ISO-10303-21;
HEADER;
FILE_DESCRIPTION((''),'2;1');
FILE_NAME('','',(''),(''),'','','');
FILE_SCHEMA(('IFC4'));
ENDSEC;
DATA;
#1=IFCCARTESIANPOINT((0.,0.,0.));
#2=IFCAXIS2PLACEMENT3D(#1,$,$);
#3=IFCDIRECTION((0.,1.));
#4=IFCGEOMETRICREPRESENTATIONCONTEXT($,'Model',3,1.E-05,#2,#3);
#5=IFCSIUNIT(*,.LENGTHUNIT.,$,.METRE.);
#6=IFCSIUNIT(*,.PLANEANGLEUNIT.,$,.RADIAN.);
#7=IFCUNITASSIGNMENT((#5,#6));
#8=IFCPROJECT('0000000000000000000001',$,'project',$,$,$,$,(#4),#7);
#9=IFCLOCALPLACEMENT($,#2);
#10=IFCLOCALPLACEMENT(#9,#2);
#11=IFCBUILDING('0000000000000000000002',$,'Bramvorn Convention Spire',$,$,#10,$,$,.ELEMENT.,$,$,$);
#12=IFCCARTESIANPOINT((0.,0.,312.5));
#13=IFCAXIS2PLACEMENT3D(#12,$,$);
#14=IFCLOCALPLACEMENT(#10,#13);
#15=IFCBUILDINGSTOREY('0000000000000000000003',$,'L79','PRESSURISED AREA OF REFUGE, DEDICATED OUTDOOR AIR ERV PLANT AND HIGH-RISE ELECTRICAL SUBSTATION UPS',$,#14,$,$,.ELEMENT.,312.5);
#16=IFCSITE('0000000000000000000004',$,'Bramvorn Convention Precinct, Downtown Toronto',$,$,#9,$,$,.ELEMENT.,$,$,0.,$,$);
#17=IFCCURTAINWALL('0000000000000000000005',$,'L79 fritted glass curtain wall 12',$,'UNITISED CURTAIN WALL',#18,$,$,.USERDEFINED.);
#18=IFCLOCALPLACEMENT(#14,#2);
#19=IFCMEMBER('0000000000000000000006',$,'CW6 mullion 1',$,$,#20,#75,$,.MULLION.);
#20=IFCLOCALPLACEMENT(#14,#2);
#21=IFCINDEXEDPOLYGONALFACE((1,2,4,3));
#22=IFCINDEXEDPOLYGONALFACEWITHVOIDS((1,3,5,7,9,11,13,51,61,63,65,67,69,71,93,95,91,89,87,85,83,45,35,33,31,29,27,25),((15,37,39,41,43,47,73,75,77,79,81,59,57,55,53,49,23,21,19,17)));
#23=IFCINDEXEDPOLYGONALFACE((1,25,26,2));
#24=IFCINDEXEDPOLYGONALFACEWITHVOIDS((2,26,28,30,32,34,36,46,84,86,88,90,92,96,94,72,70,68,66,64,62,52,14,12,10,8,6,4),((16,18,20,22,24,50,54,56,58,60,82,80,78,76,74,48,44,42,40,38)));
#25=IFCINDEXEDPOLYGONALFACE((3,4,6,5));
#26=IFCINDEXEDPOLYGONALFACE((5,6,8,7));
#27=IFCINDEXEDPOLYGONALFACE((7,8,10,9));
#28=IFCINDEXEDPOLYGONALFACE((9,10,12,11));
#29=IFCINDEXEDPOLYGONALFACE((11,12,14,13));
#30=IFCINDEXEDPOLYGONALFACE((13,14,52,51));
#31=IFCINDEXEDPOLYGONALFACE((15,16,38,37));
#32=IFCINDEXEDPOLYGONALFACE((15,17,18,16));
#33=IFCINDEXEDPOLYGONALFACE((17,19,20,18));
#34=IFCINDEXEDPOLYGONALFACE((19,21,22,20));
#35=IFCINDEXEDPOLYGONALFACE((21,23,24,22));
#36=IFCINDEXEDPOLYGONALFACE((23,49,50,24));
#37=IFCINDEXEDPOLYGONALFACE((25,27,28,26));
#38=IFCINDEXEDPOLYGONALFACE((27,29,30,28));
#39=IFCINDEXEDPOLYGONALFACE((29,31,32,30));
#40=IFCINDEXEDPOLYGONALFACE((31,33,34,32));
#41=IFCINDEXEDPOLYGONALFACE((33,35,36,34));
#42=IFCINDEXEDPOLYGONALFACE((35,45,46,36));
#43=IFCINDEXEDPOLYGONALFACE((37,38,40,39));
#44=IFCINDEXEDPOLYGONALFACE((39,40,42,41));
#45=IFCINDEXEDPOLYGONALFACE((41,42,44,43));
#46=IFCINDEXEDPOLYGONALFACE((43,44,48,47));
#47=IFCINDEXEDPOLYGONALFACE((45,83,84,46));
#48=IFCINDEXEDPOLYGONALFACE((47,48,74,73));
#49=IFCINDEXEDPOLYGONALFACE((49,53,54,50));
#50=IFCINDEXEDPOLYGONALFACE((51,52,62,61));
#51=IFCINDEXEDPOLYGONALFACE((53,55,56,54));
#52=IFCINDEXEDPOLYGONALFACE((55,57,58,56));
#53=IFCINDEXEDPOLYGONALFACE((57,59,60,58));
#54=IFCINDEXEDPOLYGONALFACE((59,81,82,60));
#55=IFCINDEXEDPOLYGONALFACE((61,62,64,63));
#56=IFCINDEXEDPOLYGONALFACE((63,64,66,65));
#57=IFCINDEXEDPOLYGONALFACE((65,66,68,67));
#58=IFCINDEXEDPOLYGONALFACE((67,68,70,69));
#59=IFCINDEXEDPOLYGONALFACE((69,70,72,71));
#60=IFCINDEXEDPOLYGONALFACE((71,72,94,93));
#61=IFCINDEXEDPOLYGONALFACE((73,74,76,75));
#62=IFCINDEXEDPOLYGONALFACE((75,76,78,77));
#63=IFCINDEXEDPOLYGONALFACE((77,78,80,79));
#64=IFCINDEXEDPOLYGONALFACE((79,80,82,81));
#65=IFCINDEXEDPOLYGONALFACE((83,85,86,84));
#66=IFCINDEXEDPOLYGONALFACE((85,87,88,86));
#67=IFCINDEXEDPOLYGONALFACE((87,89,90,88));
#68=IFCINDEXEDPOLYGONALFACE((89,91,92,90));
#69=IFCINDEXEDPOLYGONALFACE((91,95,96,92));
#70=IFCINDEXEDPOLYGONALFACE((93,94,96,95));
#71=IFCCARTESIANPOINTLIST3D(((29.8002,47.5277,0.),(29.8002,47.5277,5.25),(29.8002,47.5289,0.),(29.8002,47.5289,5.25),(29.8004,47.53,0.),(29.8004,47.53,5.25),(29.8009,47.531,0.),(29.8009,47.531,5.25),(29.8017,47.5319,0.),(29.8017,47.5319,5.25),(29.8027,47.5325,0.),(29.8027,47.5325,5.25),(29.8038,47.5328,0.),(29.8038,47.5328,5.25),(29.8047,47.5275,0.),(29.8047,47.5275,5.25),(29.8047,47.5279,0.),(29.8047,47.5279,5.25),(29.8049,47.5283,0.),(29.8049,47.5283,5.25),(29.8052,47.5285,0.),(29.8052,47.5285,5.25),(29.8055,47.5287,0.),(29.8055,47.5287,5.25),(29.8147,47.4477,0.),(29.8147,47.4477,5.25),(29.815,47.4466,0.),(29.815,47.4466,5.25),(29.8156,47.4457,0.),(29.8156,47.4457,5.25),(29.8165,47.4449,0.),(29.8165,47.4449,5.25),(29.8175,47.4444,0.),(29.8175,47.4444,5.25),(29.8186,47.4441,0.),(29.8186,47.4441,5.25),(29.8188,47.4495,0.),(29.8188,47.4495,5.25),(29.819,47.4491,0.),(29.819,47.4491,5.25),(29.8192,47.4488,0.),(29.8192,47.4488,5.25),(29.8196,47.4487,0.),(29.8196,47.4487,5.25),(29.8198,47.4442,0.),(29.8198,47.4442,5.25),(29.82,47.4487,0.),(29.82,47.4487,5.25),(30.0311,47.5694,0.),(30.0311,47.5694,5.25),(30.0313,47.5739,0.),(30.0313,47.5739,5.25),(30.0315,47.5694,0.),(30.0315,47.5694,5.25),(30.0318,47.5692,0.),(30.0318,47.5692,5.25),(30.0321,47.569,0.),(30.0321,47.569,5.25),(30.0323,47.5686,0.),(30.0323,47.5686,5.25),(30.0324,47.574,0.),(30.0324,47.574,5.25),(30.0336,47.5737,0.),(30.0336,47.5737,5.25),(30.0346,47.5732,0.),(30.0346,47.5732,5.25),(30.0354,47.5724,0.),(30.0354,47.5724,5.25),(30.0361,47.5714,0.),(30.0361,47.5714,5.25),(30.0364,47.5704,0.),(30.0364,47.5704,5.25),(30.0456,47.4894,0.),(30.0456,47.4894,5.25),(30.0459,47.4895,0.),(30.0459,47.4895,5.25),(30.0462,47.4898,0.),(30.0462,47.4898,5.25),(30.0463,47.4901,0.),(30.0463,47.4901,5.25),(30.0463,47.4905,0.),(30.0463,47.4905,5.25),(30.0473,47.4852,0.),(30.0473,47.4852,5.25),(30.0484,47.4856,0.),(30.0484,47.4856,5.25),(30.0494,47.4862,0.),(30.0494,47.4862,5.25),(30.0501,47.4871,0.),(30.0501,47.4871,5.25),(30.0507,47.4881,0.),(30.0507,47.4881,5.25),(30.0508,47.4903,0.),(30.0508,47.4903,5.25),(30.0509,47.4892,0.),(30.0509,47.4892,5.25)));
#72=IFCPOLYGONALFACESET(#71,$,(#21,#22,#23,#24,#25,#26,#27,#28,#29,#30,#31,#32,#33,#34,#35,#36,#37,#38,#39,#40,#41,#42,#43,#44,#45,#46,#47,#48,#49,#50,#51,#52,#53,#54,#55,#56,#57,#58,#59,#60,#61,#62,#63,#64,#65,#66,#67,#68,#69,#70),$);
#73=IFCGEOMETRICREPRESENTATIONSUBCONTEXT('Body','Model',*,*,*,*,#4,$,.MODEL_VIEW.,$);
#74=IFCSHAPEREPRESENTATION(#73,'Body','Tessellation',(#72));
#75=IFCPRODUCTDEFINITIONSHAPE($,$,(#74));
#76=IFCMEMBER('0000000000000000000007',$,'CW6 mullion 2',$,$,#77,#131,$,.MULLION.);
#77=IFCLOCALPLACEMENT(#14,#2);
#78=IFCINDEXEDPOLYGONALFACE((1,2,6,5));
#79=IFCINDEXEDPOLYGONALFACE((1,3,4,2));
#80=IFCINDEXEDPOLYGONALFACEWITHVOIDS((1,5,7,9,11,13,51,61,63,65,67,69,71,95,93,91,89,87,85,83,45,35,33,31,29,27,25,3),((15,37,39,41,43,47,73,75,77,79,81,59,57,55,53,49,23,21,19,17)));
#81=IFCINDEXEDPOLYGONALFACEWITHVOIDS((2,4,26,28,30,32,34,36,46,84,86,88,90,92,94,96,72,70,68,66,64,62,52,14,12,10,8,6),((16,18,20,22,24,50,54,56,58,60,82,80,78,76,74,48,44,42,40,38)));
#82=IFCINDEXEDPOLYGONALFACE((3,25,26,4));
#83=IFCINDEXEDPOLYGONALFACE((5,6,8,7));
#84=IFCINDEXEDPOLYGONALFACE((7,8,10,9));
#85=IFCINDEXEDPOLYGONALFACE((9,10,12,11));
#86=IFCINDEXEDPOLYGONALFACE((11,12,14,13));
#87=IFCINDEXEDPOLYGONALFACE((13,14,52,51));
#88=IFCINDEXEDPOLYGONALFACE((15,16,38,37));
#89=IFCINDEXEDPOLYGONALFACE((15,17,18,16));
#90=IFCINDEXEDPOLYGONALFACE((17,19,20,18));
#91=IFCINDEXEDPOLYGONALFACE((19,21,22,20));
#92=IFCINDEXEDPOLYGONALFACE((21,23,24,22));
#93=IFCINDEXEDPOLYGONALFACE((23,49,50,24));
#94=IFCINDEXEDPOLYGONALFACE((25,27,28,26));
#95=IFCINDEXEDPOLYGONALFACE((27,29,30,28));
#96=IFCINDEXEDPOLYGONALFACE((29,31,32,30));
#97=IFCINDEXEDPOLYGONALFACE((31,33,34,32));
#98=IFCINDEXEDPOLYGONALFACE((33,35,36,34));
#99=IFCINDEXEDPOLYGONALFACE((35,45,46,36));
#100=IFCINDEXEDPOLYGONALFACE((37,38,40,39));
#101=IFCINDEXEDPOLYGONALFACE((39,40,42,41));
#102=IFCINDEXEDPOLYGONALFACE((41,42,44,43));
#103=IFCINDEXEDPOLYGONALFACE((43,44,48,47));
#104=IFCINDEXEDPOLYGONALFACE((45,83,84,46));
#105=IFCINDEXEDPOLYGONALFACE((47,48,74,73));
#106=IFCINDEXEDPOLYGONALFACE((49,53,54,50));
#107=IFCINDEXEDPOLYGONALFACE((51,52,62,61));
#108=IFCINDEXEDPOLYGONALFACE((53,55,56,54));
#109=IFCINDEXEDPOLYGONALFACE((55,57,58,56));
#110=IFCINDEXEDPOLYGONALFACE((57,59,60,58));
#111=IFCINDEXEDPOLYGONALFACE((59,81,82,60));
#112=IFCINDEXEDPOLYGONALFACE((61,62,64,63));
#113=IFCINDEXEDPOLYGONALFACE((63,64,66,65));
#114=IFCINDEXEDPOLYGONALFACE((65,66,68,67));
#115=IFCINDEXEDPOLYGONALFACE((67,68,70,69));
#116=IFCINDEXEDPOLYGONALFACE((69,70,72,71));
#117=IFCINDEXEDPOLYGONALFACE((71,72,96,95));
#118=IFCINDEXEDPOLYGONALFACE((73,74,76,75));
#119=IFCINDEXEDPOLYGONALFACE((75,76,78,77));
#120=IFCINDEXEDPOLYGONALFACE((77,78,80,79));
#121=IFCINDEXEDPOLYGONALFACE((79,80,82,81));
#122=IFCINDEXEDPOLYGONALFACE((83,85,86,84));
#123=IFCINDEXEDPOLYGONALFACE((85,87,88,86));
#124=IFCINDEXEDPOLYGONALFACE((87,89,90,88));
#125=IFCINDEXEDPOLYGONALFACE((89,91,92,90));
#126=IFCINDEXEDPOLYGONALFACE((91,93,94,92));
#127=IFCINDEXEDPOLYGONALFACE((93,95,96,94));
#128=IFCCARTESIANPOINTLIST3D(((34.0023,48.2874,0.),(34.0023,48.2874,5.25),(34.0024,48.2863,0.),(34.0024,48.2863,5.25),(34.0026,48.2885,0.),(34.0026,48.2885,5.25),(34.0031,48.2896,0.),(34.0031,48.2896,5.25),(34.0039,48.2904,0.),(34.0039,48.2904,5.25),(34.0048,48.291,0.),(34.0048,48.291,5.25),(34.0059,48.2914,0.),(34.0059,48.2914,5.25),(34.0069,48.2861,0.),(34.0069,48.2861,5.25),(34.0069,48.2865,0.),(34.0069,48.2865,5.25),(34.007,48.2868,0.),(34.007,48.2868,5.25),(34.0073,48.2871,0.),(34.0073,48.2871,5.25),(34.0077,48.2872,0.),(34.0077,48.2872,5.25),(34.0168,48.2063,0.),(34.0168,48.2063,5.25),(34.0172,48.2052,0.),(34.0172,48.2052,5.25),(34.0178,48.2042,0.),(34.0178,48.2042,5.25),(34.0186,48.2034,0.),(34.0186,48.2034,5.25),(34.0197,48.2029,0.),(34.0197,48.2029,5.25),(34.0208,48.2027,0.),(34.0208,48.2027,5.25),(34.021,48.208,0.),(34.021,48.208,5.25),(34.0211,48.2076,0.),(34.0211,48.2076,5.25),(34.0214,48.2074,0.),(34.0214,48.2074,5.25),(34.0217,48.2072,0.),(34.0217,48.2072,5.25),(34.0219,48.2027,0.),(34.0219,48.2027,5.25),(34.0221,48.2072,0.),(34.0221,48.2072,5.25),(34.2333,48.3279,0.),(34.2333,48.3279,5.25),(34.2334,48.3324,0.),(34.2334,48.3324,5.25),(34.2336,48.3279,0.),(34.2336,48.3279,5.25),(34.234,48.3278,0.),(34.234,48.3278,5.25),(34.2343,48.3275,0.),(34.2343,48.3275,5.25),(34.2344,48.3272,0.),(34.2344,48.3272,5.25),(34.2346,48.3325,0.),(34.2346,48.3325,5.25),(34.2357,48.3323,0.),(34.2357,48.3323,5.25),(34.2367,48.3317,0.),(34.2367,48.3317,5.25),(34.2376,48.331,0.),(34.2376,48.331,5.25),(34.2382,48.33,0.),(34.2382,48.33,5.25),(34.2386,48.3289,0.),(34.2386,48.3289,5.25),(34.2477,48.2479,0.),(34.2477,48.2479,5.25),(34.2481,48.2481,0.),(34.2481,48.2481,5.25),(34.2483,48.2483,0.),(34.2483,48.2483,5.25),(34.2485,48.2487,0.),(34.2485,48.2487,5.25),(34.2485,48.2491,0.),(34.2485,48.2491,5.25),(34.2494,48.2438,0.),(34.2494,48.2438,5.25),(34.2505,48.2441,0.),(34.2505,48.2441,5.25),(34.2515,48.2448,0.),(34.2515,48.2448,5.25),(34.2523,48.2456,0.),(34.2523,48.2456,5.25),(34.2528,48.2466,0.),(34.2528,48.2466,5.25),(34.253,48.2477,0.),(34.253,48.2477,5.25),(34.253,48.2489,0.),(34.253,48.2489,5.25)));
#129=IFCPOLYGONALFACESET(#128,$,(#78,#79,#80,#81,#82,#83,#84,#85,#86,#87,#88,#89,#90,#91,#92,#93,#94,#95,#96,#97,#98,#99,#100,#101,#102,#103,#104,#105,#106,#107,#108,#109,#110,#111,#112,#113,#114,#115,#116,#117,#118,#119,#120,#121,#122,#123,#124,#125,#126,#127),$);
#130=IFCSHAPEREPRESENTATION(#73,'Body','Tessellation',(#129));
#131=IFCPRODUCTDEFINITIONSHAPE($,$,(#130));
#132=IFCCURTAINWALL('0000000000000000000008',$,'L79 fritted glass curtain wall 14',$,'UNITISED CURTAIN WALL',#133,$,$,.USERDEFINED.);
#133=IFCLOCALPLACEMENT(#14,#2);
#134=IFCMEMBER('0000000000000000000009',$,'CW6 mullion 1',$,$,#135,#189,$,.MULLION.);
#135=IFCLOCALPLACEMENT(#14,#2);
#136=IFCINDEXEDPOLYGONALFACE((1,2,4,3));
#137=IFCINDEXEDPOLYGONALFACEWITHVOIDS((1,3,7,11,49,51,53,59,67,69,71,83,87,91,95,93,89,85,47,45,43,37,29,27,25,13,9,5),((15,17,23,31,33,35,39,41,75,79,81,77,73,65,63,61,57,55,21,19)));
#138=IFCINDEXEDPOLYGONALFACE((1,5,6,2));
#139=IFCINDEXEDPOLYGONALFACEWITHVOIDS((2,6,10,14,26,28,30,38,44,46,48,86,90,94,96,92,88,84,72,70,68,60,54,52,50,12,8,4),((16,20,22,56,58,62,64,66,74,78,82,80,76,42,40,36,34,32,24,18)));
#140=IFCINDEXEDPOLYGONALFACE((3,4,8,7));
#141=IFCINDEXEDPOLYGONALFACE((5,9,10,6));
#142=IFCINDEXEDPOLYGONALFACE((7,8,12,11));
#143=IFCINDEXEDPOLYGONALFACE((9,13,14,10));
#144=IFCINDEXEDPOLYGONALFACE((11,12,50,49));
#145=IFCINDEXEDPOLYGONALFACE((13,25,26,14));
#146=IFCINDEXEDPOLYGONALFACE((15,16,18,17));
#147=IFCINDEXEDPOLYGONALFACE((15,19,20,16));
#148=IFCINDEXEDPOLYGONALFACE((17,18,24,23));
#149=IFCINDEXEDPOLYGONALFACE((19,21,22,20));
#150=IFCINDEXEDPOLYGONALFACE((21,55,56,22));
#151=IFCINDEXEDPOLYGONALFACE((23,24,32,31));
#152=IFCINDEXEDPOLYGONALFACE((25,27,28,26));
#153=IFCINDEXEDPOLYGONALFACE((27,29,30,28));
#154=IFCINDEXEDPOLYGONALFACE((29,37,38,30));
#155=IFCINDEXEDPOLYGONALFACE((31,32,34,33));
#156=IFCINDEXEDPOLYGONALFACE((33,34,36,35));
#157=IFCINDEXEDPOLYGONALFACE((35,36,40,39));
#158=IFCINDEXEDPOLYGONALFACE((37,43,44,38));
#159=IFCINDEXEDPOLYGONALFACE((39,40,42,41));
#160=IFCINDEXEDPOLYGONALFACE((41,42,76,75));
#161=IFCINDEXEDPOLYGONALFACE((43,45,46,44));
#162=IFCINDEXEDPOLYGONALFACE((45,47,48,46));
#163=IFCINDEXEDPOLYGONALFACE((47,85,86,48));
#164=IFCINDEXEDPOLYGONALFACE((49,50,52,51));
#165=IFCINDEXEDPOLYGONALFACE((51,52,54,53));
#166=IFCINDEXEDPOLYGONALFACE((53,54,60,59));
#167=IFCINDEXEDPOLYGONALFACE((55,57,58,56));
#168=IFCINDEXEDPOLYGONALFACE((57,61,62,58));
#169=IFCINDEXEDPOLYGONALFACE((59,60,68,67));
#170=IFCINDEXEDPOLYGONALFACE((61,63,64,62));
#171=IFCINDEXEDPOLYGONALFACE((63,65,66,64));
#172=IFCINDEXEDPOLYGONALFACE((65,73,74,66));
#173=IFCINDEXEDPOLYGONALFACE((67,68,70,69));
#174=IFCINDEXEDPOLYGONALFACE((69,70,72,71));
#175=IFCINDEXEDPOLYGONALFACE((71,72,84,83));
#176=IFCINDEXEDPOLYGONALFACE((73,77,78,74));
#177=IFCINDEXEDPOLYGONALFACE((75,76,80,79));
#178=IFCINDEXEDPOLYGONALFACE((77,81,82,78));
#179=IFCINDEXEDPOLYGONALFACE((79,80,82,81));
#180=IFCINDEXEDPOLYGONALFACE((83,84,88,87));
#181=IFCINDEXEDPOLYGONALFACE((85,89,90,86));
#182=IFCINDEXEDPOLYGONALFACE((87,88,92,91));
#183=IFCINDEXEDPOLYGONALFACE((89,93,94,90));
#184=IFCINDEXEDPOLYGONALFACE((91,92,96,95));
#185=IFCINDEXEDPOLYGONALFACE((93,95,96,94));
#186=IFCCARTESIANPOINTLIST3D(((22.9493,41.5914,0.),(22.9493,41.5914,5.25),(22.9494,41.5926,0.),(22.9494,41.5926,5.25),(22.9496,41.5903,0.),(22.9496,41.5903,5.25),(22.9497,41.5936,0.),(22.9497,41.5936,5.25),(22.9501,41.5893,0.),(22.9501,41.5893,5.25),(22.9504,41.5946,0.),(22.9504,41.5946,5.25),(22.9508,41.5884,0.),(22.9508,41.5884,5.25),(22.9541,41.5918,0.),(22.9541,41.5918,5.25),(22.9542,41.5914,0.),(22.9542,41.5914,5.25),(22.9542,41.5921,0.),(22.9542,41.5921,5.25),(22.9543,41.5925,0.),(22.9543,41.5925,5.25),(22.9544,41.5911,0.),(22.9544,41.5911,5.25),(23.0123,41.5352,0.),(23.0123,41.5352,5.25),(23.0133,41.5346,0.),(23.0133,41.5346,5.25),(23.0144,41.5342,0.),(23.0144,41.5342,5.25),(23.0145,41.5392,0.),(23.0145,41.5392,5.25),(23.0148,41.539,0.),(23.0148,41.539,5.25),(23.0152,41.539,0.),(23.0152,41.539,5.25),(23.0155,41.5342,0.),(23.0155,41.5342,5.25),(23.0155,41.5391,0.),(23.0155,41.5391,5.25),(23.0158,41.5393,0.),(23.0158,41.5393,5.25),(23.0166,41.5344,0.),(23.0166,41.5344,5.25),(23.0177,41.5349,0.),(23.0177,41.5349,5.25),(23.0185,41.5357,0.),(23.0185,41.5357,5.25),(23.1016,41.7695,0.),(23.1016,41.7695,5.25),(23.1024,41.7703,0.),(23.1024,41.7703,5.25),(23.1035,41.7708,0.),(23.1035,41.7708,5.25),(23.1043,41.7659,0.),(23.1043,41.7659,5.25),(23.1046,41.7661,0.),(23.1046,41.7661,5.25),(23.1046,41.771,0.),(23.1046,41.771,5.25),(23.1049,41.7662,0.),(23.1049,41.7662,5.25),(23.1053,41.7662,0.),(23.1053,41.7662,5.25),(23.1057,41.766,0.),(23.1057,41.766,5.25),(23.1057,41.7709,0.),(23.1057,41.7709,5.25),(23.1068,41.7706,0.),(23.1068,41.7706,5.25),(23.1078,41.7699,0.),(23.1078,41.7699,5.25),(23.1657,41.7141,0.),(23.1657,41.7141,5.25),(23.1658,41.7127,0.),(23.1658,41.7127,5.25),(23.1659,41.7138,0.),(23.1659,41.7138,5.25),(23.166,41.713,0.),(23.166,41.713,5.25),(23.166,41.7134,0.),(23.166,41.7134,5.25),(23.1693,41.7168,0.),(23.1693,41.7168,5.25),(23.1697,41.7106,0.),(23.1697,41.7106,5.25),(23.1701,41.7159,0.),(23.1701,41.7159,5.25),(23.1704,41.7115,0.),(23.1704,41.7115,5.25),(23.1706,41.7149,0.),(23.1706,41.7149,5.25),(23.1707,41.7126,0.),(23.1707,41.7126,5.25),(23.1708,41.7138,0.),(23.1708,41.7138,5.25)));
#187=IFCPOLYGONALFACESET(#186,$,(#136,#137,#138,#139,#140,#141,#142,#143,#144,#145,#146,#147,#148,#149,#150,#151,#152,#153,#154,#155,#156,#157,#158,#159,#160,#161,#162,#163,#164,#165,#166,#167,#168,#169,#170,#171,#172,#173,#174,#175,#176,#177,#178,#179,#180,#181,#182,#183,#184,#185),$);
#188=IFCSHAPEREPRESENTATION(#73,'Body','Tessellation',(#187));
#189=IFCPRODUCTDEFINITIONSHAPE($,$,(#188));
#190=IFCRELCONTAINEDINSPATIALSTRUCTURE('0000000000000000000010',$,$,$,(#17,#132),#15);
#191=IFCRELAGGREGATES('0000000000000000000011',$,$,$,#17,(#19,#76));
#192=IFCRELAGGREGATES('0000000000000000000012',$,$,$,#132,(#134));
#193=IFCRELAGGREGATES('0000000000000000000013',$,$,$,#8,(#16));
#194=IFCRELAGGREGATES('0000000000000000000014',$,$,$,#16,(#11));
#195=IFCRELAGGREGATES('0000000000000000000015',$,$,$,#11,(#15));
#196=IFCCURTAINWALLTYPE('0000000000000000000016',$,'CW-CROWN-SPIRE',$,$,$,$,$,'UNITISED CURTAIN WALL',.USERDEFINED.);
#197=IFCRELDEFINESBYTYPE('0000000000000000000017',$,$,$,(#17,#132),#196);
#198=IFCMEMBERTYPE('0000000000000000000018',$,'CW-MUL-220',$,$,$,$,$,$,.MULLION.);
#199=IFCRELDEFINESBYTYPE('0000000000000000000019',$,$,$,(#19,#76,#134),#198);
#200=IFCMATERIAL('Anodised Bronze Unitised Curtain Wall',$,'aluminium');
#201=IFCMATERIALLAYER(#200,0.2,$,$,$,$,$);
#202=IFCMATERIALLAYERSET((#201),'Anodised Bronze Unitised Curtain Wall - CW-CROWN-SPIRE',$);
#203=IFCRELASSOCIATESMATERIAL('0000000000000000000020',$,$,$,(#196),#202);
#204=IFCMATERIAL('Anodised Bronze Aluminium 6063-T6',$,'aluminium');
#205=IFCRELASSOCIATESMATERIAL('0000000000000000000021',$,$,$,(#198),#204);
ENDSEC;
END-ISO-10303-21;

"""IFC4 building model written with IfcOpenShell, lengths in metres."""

from ifc_helpers import new_model, si_unit, direction, frame, origin, origin_2d, place, context, subcontext, project, spatial, hollow_rectangle, extrude, material, layer, layer_set, material_profile, profile_set, type_object, element, aggregate, save


model = new_model("IFC4")

# Units and contexts
model_context = context("Model", 3, precision=1e-05, world=origin(), true_north=direction((0.0, 1.0)))
body_context = subcontext(model_context, "Body", "Model", "MODEL_VIEW")
ifc_project = project(units=[si_unit("LENGTHUNIT", "METRE"), si_unit("PLANEANGLEUNIT", "RADIAN")], contexts=[model_context])

# Site, building, storey
site_placement = place(None, origin())
site = spatial("IfcSite", under=ifc_project, at=site_placement, Name="Bramvorn Convention Precinct, Downtown Toronto", CompositionType="ELEMENT", RefElevation=0.0)
building_placement = place(site_placement, origin())
building = spatial("IfcBuilding", under=site, at=building_placement, Name="Bramvorn Convention Spire", CompositionType="ELEMENT")
storey_placement = place(building_placement, frame((0.0, 0.0, 312.5)))
storey = spatial("IfcBuildingStorey", under=building, at=storey_placement, Name="L79", Description="PRESSURISED AREA OF REFUGE, DEDICATED OUTDOOR AIR ERV PLANT AND HIGH-RISE ELECTRICAL SUBSTATION UPS", CompositionType="ELEMENT", Elevation=312.5)

# Shared definitions
ifc_material_1 = material(Name="Anodised Bronze Unitised Curtain Wall", Category="aluminium")
ifc_layer_1 = layer(ifc_material_1, 0.2)
ifc_layer_set_1 = layer_set([ifc_layer_1], Name="Anodised Bronze Unitised Curtain Wall - CW-CROWN-SPIRE")
curtain_wall_type = type_object("IfcCurtainWallType", Name="CW-CROWN-SPIRE", ElementType="UNITISED CURTAIN WALL", PredefinedType="USERDEFINED", material=ifc_layer_set_1)
ifc_material_2 = material(Name="Anodised Bronze Aluminium 6063-T6", Category="aluminium")
ifc_material_profile_1 = material_profile(ifc_material_2, hollow_rectangle(XDim=0.0901, YDim=0.24, WallThickness=0.0044, InnerFilletRadius=0.001, OuterFilletRadius=0.0044, at=origin_2d()))
ifc_profile_set_1 = profile_set([ifc_material_profile_1], Name="Anodised Bronze Aluminium 6063-T6 - CWM90X240")
member_type_1 = type_object("IfcMemberType", Name="CW-MUL-220", PredefinedType="MULLION", material=ifc_profile_set_1)

# Curtain walls, members
curtain_wall_1_placement = place(storey_placement, origin())
curtain_wall_1 = element("IfcCurtainWall", 1, at=curtain_wall_1_placement, inside=storey, type_object=curtain_wall_type, Name="L79 fritted glass curtain wall 12", ObjectType="UNITISED CURTAIN WALL", PredefinedType="USERDEFINED")
member_1_placement = place(storey_placement, frame((29.9255, 47.509, 0.0), z_axis=(0.0, 0.0, 1.0), x_axis=(-0.177633, 0.984097, 0.0)))
member_1 = element("IfcMember", 2, at=member_1_placement, type_object=member_type_1, Name="CW6 mullion 1", PredefinedType="MULLION", context=body_context, shape_type="SweptSolid", body=[
    extrude(hollow_rectangle(XDim=0.0901, YDim=0.24, WallThickness=0.0044, InnerFilletRadius=0.001, OuterFilletRadius=0.0044, at=origin_2d()), origin(), (0.0, 0.0, 1.0), 5.25),
])
member_2_placement = place(storey_placement, frame((34.1277, 48.2676, 0.0), z_axis=(0.0, 0.0, 1.0), x_axis=(-0.177633, 0.984097, 0.0)))
member_2 = element("IfcMember", 3, at=member_2_placement, type_object=member_type_1, Name="CW6 mullion 2", PredefinedType="MULLION", context=body_context, shape_type="SweptSolid", body=[
    extrude(hollow_rectangle(XDim=0.0901, YDim=0.24, WallThickness=0.0044, InnerFilletRadius=0.001, OuterFilletRadius=0.0044, at=origin_2d()), origin(), (0.0, 0.0, 1.0), 5.25),
])
curtain_wall_2_placement = place(storey_placement, origin())
curtain_wall_2 = element("IfcCurtainWall", 4, at=curtain_wall_2_placement, inside=storey, type_object=curtain_wall_type, Name="L79 fritted glass curtain wall 14", ObjectType="UNITISED CURTAIN WALL", PredefinedType="USERDEFINED")
member_3_placement = place(storey_placement, frame((23.0601, 41.6526, 0.0), z_axis=(0.0, 0.0, 1.0), x_axis=(-0.75646, 0.65404, 0.0)))
member_3 = element("IfcMember", 5, at=member_3_placement, type_object=member_type_1, Name="CW6 mullion 1", PredefinedType="MULLION", context=body_context, shape_type="SweptSolid", body=[
    extrude(hollow_rectangle(XDim=0.0901, YDim=0.24, WallThickness=0.0044, InnerFilletRadius=0.001, OuterFilletRadius=0.0044, at=origin_2d()), origin(), (0.0, 0.0, 1.0), 5.25),
])

aggregate(curtain_wall_1, [member_1, member_2])
aggregate(curtain_wall_2, [member_3])

save(model, "model.ifc")
